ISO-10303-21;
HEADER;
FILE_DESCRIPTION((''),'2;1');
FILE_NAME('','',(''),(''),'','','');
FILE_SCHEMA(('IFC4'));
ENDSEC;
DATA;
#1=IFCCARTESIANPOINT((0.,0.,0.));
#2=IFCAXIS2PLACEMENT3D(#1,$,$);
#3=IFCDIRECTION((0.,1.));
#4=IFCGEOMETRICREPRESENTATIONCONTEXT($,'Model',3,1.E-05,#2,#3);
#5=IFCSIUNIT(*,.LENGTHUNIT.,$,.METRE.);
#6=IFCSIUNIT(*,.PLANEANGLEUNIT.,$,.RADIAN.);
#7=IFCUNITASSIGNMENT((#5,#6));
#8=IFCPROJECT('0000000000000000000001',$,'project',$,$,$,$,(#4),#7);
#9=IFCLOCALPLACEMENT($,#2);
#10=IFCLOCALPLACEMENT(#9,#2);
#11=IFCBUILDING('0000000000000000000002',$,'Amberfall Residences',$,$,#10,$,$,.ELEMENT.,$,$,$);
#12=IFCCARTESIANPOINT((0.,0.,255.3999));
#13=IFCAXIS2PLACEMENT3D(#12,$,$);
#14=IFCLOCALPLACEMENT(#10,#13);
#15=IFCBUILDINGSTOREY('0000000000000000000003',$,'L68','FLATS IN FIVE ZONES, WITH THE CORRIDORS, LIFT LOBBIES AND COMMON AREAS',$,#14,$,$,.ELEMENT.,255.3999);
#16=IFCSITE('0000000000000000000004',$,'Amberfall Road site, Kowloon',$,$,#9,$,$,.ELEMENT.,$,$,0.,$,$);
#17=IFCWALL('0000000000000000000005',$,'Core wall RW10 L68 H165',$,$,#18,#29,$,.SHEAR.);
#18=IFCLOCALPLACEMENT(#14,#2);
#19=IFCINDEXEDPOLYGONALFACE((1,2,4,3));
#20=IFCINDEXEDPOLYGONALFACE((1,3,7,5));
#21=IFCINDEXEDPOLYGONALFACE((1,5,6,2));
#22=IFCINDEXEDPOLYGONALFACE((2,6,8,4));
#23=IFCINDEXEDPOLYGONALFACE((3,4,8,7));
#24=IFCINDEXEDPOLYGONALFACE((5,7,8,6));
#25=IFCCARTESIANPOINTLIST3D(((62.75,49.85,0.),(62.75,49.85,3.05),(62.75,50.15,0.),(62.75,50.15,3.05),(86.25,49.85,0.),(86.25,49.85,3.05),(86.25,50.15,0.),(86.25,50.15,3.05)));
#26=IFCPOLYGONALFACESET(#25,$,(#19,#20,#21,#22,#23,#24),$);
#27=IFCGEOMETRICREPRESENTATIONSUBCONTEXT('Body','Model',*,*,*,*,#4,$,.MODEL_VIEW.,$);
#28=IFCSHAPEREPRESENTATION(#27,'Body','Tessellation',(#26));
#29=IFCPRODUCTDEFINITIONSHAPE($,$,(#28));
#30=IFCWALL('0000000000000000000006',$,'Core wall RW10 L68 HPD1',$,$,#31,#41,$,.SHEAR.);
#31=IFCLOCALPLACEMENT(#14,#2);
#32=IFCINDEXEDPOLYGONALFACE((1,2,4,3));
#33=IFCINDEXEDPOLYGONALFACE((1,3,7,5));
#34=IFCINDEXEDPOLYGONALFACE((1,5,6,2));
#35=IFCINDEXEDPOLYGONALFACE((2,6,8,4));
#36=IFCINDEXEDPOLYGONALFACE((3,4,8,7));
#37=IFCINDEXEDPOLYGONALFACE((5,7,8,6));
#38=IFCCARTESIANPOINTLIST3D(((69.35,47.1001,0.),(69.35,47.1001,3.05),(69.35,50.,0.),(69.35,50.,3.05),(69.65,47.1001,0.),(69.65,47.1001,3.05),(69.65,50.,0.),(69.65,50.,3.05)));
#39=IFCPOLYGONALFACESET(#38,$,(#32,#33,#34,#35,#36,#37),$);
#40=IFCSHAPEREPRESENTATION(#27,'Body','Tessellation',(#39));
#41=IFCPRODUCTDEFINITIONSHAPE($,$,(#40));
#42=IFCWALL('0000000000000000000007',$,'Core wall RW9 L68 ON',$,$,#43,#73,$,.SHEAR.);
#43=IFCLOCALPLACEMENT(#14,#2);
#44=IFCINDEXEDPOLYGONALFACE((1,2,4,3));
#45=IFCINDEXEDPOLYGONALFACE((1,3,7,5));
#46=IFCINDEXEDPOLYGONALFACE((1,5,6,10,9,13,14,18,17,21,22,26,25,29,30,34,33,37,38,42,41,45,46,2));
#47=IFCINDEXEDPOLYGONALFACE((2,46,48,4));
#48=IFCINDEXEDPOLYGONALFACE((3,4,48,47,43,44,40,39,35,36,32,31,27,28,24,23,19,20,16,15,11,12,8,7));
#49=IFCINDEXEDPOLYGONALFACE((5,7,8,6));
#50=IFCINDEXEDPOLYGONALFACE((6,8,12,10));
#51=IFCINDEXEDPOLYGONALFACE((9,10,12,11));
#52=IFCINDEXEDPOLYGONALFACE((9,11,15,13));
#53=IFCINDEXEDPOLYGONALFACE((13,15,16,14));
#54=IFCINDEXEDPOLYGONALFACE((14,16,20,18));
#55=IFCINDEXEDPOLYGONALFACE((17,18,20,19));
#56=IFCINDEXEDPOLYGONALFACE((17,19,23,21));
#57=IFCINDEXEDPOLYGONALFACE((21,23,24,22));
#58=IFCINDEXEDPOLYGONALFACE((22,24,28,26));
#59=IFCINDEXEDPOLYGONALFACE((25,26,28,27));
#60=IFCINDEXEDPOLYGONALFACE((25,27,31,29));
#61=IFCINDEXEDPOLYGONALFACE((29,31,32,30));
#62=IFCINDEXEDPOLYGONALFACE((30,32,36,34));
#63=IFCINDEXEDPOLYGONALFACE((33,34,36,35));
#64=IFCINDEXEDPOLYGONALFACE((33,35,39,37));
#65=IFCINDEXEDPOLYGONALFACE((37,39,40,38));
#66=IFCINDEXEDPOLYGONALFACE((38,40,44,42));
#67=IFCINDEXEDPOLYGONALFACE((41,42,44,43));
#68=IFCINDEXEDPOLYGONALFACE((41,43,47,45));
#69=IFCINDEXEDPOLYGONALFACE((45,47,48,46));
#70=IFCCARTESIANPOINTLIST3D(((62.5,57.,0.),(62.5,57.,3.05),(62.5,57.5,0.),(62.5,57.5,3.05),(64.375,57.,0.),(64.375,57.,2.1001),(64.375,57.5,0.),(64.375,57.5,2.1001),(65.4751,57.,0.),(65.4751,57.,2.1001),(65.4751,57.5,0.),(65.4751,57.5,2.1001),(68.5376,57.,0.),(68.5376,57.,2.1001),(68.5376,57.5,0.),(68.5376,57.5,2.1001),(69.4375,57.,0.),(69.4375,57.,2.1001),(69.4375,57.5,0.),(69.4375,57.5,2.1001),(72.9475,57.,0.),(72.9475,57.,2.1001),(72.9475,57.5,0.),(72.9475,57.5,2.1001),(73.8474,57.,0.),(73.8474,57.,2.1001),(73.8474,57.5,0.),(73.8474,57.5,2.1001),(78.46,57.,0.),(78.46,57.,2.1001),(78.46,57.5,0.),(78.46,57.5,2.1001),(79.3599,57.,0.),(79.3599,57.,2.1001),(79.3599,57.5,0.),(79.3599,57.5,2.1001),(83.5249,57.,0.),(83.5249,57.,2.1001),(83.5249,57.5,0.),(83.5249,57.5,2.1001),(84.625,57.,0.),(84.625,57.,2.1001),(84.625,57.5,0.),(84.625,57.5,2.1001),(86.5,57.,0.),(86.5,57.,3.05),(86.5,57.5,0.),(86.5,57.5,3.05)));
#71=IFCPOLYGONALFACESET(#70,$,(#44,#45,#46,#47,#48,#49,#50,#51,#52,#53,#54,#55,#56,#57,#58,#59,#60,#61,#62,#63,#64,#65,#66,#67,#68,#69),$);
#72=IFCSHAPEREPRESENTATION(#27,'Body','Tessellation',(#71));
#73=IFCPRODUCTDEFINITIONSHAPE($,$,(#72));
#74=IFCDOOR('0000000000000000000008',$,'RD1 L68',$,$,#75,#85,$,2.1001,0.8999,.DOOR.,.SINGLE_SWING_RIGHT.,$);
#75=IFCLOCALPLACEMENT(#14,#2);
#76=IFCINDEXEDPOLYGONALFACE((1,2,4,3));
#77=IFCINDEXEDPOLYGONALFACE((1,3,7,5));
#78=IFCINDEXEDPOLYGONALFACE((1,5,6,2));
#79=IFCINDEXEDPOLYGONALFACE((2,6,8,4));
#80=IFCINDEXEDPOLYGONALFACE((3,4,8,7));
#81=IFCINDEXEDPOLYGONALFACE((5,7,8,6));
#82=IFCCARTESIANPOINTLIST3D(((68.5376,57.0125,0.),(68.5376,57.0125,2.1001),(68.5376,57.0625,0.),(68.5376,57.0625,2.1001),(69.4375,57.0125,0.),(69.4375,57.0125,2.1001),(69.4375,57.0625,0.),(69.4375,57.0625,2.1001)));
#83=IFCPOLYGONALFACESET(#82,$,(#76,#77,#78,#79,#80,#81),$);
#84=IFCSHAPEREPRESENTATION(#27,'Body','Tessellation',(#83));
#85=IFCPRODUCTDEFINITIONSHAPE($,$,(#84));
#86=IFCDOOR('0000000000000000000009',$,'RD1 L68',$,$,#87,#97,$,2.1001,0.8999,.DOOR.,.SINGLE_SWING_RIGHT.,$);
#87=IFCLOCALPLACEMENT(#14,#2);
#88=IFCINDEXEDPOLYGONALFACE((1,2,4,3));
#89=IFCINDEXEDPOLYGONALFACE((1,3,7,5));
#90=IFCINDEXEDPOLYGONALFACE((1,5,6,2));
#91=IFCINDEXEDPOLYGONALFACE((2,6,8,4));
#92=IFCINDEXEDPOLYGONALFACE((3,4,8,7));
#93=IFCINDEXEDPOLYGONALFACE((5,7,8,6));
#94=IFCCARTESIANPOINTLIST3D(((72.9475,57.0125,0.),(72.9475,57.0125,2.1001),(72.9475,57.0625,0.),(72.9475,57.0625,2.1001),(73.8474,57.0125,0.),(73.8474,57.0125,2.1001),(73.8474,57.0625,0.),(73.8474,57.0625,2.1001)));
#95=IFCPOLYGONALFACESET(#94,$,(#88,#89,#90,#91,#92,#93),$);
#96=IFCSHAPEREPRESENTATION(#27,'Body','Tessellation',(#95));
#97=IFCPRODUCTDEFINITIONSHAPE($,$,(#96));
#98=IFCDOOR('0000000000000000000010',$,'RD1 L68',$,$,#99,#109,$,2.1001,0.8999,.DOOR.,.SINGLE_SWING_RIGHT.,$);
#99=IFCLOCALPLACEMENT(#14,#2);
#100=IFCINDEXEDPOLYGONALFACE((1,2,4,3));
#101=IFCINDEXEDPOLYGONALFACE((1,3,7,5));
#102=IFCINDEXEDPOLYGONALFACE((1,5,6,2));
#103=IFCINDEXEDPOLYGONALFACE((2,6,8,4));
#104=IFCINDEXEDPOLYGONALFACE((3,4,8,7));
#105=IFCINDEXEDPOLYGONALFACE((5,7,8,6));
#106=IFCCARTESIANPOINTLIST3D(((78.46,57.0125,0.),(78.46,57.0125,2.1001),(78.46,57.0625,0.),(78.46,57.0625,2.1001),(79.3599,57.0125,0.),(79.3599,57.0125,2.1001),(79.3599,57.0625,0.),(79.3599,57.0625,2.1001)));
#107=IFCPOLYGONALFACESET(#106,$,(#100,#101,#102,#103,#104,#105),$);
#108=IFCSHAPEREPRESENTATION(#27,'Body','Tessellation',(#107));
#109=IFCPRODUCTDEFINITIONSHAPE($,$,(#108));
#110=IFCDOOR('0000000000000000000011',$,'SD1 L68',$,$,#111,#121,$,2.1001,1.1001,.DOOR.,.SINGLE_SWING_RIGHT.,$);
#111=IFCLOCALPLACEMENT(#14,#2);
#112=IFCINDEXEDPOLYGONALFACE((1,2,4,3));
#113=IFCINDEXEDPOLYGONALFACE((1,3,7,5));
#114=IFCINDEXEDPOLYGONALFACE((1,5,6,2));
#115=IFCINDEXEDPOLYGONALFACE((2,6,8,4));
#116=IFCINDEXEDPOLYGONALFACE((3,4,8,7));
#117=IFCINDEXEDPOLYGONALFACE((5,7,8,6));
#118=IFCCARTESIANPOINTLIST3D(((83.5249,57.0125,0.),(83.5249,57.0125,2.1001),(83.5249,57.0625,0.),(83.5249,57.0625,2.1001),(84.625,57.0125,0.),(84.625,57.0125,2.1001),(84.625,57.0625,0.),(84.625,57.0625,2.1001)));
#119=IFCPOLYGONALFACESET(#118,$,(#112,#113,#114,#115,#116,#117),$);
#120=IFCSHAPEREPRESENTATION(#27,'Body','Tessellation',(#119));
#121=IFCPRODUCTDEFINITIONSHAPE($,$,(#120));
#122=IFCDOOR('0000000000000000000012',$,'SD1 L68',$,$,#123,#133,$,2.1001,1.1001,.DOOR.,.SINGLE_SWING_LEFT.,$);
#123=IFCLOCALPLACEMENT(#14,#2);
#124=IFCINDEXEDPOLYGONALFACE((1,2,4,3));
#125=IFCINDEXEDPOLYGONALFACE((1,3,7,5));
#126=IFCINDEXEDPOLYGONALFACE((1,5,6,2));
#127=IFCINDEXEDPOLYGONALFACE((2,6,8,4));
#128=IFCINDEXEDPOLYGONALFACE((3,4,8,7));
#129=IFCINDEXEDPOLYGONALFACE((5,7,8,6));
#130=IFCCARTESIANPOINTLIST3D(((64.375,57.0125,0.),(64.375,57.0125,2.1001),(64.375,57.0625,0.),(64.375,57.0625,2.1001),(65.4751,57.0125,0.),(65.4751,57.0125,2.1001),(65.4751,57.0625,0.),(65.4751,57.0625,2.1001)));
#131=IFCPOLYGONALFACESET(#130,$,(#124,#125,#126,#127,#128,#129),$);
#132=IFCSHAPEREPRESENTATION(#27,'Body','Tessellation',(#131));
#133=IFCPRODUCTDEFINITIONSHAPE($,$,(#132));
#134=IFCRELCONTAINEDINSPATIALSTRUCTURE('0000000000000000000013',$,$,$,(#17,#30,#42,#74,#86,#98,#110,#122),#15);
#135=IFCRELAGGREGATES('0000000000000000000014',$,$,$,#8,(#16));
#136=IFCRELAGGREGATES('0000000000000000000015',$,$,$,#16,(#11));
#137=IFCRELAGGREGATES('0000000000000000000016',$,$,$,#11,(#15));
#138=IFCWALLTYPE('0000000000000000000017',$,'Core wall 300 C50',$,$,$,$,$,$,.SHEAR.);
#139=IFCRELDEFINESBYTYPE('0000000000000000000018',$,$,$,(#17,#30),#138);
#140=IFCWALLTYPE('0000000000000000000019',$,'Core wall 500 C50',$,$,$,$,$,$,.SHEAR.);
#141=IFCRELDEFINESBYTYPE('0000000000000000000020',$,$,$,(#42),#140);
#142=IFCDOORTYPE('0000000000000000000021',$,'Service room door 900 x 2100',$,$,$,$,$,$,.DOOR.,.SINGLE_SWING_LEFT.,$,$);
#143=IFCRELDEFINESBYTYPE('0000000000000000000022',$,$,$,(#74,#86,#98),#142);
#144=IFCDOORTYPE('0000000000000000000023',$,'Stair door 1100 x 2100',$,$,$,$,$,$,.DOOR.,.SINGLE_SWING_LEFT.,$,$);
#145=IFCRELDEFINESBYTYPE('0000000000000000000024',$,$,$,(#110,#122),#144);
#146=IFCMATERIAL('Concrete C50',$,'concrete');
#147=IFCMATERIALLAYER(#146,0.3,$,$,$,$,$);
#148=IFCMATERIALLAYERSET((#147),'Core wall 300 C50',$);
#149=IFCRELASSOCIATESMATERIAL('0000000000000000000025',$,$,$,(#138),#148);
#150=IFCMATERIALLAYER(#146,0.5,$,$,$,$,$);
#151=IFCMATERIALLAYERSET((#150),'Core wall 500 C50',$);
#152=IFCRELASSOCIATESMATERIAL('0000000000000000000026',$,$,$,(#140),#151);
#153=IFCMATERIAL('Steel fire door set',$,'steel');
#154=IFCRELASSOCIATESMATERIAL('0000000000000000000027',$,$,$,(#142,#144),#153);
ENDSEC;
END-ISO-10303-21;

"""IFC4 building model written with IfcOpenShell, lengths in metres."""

from ifc_helpers import new_model, si_unit, direction, frame, frame_2d, origin, place, context, subcontext, project, spatial, rectangle, extrude, material, layer, layer_set, type_object, element, fill, save


model = new_model("IFC4")

# Units and contexts
model_context = context("Model", 3, precision=1e-05, world=origin(), true_north=direction((0.0, 1.0)))
body_context = subcontext(model_context, "Body", "Model", "MODEL_VIEW")
ifc_project = project(units=[si_unit("LENGTHUNIT", "METRE"), si_unit("PLANEANGLEUNIT", "RADIAN")], contexts=[model_context])

# Site, building, storey
site_placement = place(None, origin())
site = spatial("IfcSite", under=ifc_project, at=site_placement, Name="Amberfall Road site, Kowloon", CompositionType="ELEMENT", RefElevation=0.0)
building_placement = place(site_placement, origin())
building = spatial("IfcBuilding", under=site, at=building_placement, Name="Amberfall Residences", CompositionType="ELEMENT")
storey_placement = place(building_placement, frame((0.0, 0.0, 255.3999)))
storey = spatial("IfcBuildingStorey", under=building, at=storey_placement, Name="L68", Description="FLATS IN FIVE ZONES, WITH THE CORRIDORS, LIFT LOBBIES AND COMMON AREAS", CompositionType="ELEMENT", Elevation=255.3999)

# Walls
ifc_material_1 = material(Name="Concrete C50", Category="concrete")
ifc_layer_1 = layer(ifc_material_1, 0.3)
ifc_layer_set_1 = layer_set([ifc_layer_1], Name="Core wall 300 C50")
wall_type_1 = type_object("IfcWallType", Name="Core wall 300 C50", PredefinedType="SHEAR", material=ifc_layer_set_1)
wall_1_placement = place(storey_placement, frame((62.75, 50.0, 0.0), z_axis=(0.0, 0.0, 1.0), x_axis=(1.0, 0.0, 0.0)))
element("IfcWall", 1, at=wall_1_placement, inside=storey, type_object=wall_type_1, Name="Core wall RW10 L68 H165", PredefinedType="SHEAR", context=body_context, shape_type="SweptSolid", body=[
    extrude(rectangle(XDim=23.5, YDim=0.3, at=frame_2d((11.75, 0.0))), origin(), (0.0, 0.0, 1.0), 3.05),
])
wall_2_placement = place(storey_placement, frame((69.5, 47.1001, 0.0), z_axis=(0.0, 0.0, 1.0), x_axis=(0.0, 1.0, 0.0)))
element("IfcWall", 2, at=wall_2_placement, inside=storey, type_object=wall_type_1, Name="Core wall RW10 L68 HPD1", PredefinedType="SHEAR", context=body_context, shape_type="SweptSolid", body=[
    extrude(rectangle(XDim=2.8999, YDim=0.3, at=frame_2d((1.45, 0.0))), origin(), (0.0, 0.0, 1.0), 3.05),
])

# Wall, openings, doors
ifc_layer_2 = layer(ifc_material_1, 0.5)
ifc_layer_set_2 = layer_set([ifc_layer_2], Name="Core wall 500 C50")
wall_type_2 = type_object("IfcWallType", Name="Core wall 500 C50", PredefinedType="SHEAR", material=ifc_layer_set_2)
wall_3_placement = place(storey_placement, frame((62.5, 57.25, 0.0), z_axis=(0.0, 0.0, 1.0), x_axis=(1.0, 0.0, 0.0)))
wall_3 = element("IfcWall", 3, at=wall_3_placement, inside=storey, type_object=wall_type_2, Name="Core wall RW9 L68 ON", PredefinedType="SHEAR", context=body_context, shape_type="SweptSolid", body=[
    extrude(rectangle(XDim=24.0, YDim=0.5, at=frame_2d((12.0, 0.0))), origin(), (0.0, 0.0, 1.0), 3.05),
])
opening_1_placement = place(wall_3_placement, frame((21.0249, 0.0, 0.0)))
opening_1 = element("IfcOpeningElement", 4, at=opening_1_placement, cuts=wall_3, PredefinedType="OPENING", context=body_context, shape_type="SweptSolid", body=[
    extrude(rectangle(XDim=1.1001, YDim=2.1001, at=frame_2d((0.55, 1.05))), frame((0.0, 0.26, 0.0), z_axis=(0.0, -1.0, 0.0), x_axis=(1.0, 0.0, 0.0)), (0.0, 0.0, 1.0), 0.52),
])
opening_2_placement = place(wall_3_placement, frame((1.875, 0.0, 0.0)))
opening_2 = element("IfcOpeningElement", 5, at=opening_2_placement, cuts=wall_3, PredefinedType="OPENING", context=body_context, shape_type="SweptSolid", body=[
    extrude(rectangle(XDim=1.1001, YDim=2.1001, at=frame_2d((0.55, 1.05))), frame((0.0, 0.26, 0.0), z_axis=(0.0, -1.0, 0.0), x_axis=(1.0, 0.0, 0.0)), (0.0, 0.0, 1.0), 0.52),
])
opening_3_placement = place(wall_3_placement, frame((6.0376, 0.0, 0.0)))
opening_3 = element("IfcOpeningElement", 6, at=opening_3_placement, cuts=wall_3, PredefinedType="OPENING", context=body_context, shape_type="SweptSolid", body=[
    extrude(rectangle(XDim=0.8999, YDim=2.1001, at=frame_2d((0.45, 1.05))), frame((0.0, 0.26, 0.0), z_axis=(0.0, -1.0, 0.0), x_axis=(1.0, 0.0, 0.0)), (0.0, 0.0, 1.0), 0.52),
])
opening_4_placement = place(wall_3_placement, frame((10.4475, 0.0, 0.0)))
opening_4 = element("IfcOpeningElement", 7, at=opening_4_placement, cuts=wall_3, PredefinedType="OPENING", context=body_context, shape_type="SweptSolid", body=[
    extrude(rectangle(XDim=0.8999, YDim=2.1001, at=frame_2d((0.45, 1.05))), frame((0.0, 0.26, 0.0), z_axis=(0.0, -1.0, 0.0), x_axis=(1.0, 0.0, 0.0)), (0.0, 0.0, 1.0), 0.52),
])
opening_5_placement = place(wall_3_placement, frame((15.96, 0.0, 0.0)))
opening_5 = element("IfcOpeningElement", 8, at=opening_5_placement, cuts=wall_3, PredefinedType="OPENING", context=body_context, shape_type="SweptSolid", body=[
    extrude(rectangle(XDim=0.8999, YDim=2.1001, at=frame_2d((0.45, 1.05))), frame((0.0, 0.26, 0.0), z_axis=(0.0, -1.0, 0.0), x_axis=(1.0, 0.0, 0.0)), (0.0, 0.0, 1.0), 0.52),
])
ifc_material_2 = material(Name="Steel fire door set", Category="steel")
door_type_1 = type_object("IfcDoorType", Name="Service room door 900 x 2100", OperationType="SINGLE_SWING_LEFT", PredefinedType="DOOR", material=ifc_material_2)
door_1_placement = place(opening_3_placement, origin())
door_1 = element("IfcDoor", 9, at=door_1_placement, inside=storey, type_object=door_type_1, Name="RD1 L68", OperationType="SINGLE_SWING_RIGHT", OverallHeight=2.1001, OverallWidth=0.8999, PredefinedType="DOOR", context=body_context, shape_type="SweptSolid", body=[
    extrude(rectangle(XDim=0.8999, YDim=2.1001, at=frame_2d((0.45, 1.05))), frame((0.0, -0.1875, 0.0), z_axis=(0.0, -1.0, 0.0), x_axis=(1.0, 0.0, 0.0)), (0.0, 0.0, 1.0), 0.05),
])
fill(opening_3, door_1)
door_2_placement = place(opening_4_placement, origin())
door_2 = element("IfcDoor", 10, at=door_2_placement, inside=storey, type_object=door_type_1, Name="RD1 L68", OperationType="SINGLE_SWING_RIGHT", OverallHeight=2.1001, OverallWidth=0.8999, PredefinedType="DOOR", context=body_context, shape_type="SweptSolid", body=[
    extrude(rectangle(XDim=0.8999, YDim=2.1001, at=frame_2d((0.45, 1.05))), frame((0.0, -0.1875, 0.0), z_axis=(0.0, -1.0, 0.0), x_axis=(1.0, 0.0, 0.0)), (0.0, 0.0, 1.0), 0.05),
])
fill(opening_4, door_2)
door_3_placement = place(opening_5_placement, origin())
door_3 = element("IfcDoor", 11, at=door_3_placement, inside=storey, type_object=door_type_1, Name="RD1 L68", OperationType="SINGLE_SWING_RIGHT", OverallHeight=2.1001, OverallWidth=0.8999, PredefinedType="DOOR", context=body_context, shape_type="SweptSolid", body=[
    extrude(rectangle(XDim=0.8999, YDim=2.1001, at=frame_2d((0.45, 1.05))), frame((0.0, -0.1875, 0.0), z_axis=(0.0, -1.0, 0.0), x_axis=(1.0, 0.0, 0.0)), (0.0, 0.0, 1.0), 0.05),
])
fill(opening_5, door_3)
door_type_2 = type_object("IfcDoorType", Name="Stair door 1100 x 2100", OperationType="SINGLE_SWING_LEFT", PredefinedType="DOOR", material=ifc_material_2)
door_4_placement = place(opening_1_placement, origin())
door_4 = element("IfcDoor", 12, at=door_4_placement, inside=storey, type_object=door_type_2, Name="SD1 L68", OperationType="SINGLE_SWING_RIGHT", OverallHeight=2.1001, OverallWidth=1.1001, PredefinedType="DOOR", context=body_context, shape_type="SweptSolid", body=[
    extrude(rectangle(XDim=1.1001, YDim=2.1001, at=frame_2d((0.55, 1.05))), frame((0.0, -0.1875, 0.0), z_axis=(0.0, -1.0, 0.0), x_axis=(1.0, 0.0, 0.0)), (0.0, 0.0, 1.0), 0.05),
])
fill(opening_1, door_4)
door_5_placement = place(opening_2_placement, origin())
door_5 = element("IfcDoor", 13, at=door_5_placement, inside=storey, type_object=door_type_2, Name="SD1 L68", OperationType="SINGLE_SWING_LEFT", OverallHeight=2.1001, OverallWidth=1.1001, PredefinedType="DOOR", context=body_context, shape_type="SweptSolid", body=[
    extrude(rectangle(XDim=1.1001, YDim=2.1001, at=frame_2d((0.55, 1.05))), frame((0.0, -0.1875, 0.0), z_axis=(0.0, -1.0, 0.0), x_axis=(1.0, 0.0, 0.0)), (0.0, 0.0, 1.0), 0.05),
])
fill(opening_2, door_5)

save(model, "model.ifc")
